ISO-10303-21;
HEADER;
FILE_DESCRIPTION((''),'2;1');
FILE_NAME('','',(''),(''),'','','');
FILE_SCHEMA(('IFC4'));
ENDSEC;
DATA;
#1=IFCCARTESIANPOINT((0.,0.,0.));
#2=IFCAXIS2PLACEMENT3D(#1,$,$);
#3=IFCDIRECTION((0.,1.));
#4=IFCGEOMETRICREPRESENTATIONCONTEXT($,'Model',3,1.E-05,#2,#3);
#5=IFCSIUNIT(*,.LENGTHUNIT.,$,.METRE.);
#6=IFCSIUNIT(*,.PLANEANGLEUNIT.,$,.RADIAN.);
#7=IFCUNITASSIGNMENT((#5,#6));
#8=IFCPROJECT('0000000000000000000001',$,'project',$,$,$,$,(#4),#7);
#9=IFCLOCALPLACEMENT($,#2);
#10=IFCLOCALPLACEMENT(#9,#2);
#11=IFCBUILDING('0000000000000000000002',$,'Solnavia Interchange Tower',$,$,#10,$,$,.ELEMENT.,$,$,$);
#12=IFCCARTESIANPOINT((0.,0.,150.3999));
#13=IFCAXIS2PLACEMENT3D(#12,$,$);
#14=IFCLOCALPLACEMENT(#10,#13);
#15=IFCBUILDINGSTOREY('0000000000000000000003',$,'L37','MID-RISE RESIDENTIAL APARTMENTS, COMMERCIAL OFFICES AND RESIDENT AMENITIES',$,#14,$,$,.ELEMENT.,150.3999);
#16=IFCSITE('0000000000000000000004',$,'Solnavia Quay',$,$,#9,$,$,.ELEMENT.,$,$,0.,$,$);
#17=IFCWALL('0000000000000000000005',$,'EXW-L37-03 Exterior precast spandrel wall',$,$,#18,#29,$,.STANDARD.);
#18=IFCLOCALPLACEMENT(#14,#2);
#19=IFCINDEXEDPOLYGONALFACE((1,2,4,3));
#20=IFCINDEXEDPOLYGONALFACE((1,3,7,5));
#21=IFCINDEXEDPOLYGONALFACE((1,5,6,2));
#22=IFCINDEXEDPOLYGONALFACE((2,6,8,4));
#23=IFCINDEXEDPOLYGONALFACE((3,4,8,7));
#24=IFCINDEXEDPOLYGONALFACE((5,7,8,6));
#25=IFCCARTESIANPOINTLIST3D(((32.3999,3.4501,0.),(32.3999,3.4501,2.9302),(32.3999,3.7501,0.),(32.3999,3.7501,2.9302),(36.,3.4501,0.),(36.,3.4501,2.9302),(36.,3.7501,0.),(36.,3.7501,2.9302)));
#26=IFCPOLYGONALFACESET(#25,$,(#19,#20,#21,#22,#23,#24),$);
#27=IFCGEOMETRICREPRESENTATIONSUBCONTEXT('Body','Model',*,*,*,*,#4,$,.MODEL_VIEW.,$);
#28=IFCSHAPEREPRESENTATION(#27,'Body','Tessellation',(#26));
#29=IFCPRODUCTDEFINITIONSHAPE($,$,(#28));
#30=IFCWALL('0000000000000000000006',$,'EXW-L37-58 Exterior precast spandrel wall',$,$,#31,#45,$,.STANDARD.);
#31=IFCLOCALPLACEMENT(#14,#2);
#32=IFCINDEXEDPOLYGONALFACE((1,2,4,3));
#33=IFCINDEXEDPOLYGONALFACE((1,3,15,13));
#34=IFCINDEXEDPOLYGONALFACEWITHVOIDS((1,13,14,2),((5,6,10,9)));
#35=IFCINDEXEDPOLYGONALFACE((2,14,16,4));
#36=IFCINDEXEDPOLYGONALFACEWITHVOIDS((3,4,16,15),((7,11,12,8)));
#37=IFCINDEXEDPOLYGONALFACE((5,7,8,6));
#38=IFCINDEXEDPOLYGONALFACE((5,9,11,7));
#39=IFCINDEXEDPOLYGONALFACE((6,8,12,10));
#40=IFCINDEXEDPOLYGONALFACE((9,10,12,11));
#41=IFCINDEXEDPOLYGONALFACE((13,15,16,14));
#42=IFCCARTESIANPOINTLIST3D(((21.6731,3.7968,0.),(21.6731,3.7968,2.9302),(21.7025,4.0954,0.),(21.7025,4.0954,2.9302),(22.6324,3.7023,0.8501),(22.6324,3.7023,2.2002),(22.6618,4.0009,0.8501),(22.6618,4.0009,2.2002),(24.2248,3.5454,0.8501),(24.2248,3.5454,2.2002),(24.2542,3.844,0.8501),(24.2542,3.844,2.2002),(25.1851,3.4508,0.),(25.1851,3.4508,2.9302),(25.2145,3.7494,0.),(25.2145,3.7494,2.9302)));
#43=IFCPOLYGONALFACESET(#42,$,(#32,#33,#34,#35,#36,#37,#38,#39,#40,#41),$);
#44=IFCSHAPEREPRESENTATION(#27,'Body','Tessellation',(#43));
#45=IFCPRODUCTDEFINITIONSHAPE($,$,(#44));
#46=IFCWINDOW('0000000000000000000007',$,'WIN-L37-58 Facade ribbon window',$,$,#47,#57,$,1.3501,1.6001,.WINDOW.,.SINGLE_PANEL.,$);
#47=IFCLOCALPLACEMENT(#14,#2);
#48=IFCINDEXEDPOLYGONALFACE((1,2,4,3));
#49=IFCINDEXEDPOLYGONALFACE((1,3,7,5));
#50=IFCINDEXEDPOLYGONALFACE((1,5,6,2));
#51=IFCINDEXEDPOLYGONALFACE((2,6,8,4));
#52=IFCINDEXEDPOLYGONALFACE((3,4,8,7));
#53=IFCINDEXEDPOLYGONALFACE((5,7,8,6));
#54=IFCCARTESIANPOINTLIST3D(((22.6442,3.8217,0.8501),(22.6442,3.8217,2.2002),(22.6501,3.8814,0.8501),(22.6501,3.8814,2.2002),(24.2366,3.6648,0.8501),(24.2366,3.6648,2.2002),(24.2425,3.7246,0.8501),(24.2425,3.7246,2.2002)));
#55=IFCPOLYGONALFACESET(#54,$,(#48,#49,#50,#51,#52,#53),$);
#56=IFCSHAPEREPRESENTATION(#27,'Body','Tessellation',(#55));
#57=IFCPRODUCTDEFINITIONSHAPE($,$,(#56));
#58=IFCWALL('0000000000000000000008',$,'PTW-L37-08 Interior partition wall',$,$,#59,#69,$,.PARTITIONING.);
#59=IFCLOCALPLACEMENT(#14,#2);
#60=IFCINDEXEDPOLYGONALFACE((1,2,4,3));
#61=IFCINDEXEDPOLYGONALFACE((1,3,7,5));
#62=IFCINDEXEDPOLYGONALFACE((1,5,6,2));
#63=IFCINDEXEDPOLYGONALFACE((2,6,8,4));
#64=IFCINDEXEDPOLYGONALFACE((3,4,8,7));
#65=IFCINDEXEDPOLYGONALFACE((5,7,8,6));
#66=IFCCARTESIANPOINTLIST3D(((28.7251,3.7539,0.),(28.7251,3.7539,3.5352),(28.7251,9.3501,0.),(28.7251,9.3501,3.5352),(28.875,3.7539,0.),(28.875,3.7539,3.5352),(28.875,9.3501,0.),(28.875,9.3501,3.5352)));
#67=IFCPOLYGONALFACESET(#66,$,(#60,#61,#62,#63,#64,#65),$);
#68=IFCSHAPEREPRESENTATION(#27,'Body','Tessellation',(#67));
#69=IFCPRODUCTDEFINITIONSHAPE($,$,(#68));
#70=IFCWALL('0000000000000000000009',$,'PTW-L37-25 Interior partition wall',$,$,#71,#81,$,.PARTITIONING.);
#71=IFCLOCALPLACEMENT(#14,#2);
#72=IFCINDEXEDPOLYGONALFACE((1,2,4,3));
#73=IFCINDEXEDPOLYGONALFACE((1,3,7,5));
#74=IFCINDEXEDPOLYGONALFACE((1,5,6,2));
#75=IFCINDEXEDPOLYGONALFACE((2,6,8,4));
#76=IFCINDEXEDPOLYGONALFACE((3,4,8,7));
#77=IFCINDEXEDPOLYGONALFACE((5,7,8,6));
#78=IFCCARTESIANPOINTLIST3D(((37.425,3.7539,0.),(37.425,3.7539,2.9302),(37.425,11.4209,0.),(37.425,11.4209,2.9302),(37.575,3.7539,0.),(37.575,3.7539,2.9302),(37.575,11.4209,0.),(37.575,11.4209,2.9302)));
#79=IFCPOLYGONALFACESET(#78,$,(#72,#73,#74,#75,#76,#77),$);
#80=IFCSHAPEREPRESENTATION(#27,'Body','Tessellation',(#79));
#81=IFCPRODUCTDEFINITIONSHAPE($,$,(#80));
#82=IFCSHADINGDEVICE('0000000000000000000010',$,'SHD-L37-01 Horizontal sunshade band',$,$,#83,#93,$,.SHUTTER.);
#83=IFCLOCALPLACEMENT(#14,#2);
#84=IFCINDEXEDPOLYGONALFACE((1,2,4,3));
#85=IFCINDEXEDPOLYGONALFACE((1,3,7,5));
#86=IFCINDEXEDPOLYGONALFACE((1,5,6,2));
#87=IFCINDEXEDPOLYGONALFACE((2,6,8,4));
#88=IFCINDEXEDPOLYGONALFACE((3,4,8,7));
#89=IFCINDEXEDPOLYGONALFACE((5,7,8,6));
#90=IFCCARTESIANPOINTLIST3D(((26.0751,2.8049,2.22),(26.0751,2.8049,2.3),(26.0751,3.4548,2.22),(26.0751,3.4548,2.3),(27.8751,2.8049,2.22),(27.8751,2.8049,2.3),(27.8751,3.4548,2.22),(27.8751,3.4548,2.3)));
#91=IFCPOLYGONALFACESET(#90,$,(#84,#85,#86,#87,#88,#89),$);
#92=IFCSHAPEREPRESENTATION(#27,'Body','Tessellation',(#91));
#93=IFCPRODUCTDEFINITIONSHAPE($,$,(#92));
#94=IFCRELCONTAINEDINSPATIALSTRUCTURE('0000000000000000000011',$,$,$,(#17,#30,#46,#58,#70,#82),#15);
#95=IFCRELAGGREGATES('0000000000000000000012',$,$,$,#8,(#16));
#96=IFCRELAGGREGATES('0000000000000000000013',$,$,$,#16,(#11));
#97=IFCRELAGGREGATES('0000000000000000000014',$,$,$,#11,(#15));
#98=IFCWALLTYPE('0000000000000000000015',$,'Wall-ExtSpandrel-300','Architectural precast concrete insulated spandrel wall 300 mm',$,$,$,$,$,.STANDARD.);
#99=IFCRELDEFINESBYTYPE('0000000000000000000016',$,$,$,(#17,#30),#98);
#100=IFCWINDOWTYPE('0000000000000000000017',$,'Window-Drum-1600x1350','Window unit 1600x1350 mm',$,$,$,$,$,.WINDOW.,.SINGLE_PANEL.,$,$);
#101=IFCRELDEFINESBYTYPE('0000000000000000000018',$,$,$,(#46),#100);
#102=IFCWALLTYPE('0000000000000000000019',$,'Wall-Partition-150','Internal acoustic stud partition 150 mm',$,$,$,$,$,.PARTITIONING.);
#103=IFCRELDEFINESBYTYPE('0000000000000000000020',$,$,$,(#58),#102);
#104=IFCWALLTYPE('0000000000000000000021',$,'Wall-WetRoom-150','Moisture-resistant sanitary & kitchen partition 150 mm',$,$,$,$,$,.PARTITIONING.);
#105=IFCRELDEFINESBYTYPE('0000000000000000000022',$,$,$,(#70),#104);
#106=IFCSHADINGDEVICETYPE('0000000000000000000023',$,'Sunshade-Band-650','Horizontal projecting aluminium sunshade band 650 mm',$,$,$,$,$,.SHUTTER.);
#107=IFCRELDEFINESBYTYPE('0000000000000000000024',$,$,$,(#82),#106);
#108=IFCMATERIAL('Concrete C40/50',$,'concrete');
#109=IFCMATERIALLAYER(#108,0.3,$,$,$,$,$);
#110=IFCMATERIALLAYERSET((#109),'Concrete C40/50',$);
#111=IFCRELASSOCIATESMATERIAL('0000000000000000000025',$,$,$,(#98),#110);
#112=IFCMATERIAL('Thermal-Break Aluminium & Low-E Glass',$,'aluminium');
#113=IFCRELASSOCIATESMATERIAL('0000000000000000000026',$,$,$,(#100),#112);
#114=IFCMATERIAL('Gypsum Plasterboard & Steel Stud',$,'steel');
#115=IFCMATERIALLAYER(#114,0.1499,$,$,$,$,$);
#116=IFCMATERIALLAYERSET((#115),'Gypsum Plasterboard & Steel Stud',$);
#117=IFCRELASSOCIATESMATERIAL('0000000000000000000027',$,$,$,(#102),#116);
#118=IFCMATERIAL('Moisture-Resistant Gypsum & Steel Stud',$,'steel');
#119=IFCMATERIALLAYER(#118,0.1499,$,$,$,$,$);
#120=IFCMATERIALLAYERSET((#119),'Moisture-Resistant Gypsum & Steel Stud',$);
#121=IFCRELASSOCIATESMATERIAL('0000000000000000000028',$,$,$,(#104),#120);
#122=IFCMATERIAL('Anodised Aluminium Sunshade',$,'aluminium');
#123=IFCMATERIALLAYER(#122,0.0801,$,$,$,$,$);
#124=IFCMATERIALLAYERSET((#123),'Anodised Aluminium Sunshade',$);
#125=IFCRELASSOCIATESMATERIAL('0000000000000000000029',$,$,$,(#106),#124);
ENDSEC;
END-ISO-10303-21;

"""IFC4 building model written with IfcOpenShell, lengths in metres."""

from ifc_helpers import new_model, si_unit, direction, frame, frame_2d, origin, origin_2d, place, context, subcontext, project, spatial, rectangle, extrude, material, layer, layer_set, type_object, element, fill, save


model = new_model("IFC4")

# Units and contexts
model_context = context("Model", 3, precision=1e-05, world=origin(), true_north=direction((0.0, 1.0)))
body_context = subcontext(model_context, "Body", "Model", "MODEL_VIEW")
ifc_project = project(units=[si_unit("LENGTHUNIT", "METRE"), si_unit("PLANEANGLEUNIT", "RADIAN")], contexts=[model_context])

# Site, building, storey
site_placement = place(None, origin())
site = spatial("IfcSite", under=ifc_project, at=site_placement, Name="Solnavia Quay", CompositionType="ELEMENT", RefElevation=0.0)
building_placement = place(site_placement, origin())
building = spatial("IfcBuilding", under=site, at=building_placement, Name="Solnavia Interchange Tower", CompositionType="ELEMENT")
storey_placement = place(building_placement, frame((0.0, 0.0, 150.3999)))
storey = spatial("IfcBuildingStorey", under=building, at=storey_placement, Name="L37", Description="MID-RISE RESIDENTIAL APARTMENTS, COMMERCIAL OFFICES AND RESIDENT AMENITIES", CompositionType="ELEMENT", Elevation=150.3999)

# Shared definitions
ifc_material_1 = material(Name="Concrete C40/50", Category="concrete")
ifc_layer_1 = layer(ifc_material_1, 0.3)
ifc_layer_set_1 = layer_set([ifc_layer_1], Name="Concrete C40/50")
wall_type_1 = type_object("IfcWallType", Name="Wall-ExtSpandrel-300", Description="Architectural precast concrete insulated spandrel wall 300 mm", PredefinedType="STANDARD", material=ifc_layer_set_1)
ifc_material_2 = material(Name="Thermal-Break Aluminium & Low-E Glass", Category="aluminium")

# Wall
wall_1_placement = place(storey_placement, frame((36.0, 3.6001, 0.0), z_axis=(0.0, 0.0, 1.0), x_axis=(-1.0, 0.0, 0.0)))
element("IfcWall", 1, at=wall_1_placement, inside=storey, type_object=wall_type_1, Name="EXW-L37-03 Exterior precast spandrel wall", PredefinedType="STANDARD", context=body_context, shape_type="SweptSolid", body=[
    extrude(rectangle(XDim=3.6001, YDim=0.3, at=frame_2d((1.8, 0.0))), origin(), (0.0, 0.0, 1.0), 2.9302),
])

# Wall, opening, window
wall_2_placement = place(storey_placement, frame((25.2, 3.6001, 0.0), z_axis=(0.0, 0.0, 1.0), x_axis=(-0.995183, 0.098031, 0.0)))
wall_2 = element("IfcWall", 2, at=wall_2_placement, inside=storey, type_object=wall_type_1, Name="EXW-L37-58 Exterior precast spandrel wall", PredefinedType="STANDARD", context=body_context, shape_type="SweptSolid", body=[
    extrude(rectangle(XDim=3.5291, YDim=0.3, at=frame_2d((1.7646, 0.0))), origin(), (0.0, 0.0, 1.0), 2.9302),
])
opening_1_placement = place(wall_2_placement, frame((0.9651, 0.0, 0.8501)))
opening_1 = element("IfcOpeningElement", 3, at=opening_1_placement, cuts=wall_2, PredefinedType="OPENING", context=body_context, shape_type="SweptSolid", body=[
    extrude(rectangle(XDim=1.6001, YDim=1.3501, at=frame_2d((0.8, 0.675))), frame((0.0, 0.1602, 0.0), z_axis=(0.0, -1.0, 0.0), x_axis=(1.0, 0.0, 0.0)), (0.0, 0.0, 1.0), 0.3201),
])
window_type_1 = type_object("IfcWindowType", Name="Window-Drum-1600x1350", Description="Window unit 1600x1350 mm", PartitioningType="SINGLE_PANEL", PredefinedType="WINDOW", material=ifc_material_2)
window_1_placement = place(opening_1_placement, origin())
window_1 = element("IfcWindow", 4, at=window_1_placement, inside=storey, type_object=window_type_1, Name="WIN-L37-58 Facade ribbon window", OverallHeight=1.3501, OverallWidth=1.6001, PartitioningType="SINGLE_PANEL", PredefinedType="WINDOW", context=body_context, shape_type="SweptSolid", body=[
    extrude(rectangle(XDim=1.6001, YDim=1.3501, at=frame_2d((0.8, 0.675))), frame((0.0, 0.03, 0.0), z_axis=(0.0, -1.0, 0.0), x_axis=(1.0, 0.0, 0.0)), (0.0, 0.0, 1.0), 0.0601),
])
fill(opening_1, window_1)

# Walls
ifc_material_3 = material(Name="Gypsum Plasterboard & Steel Stud", Category="steel")
ifc_layer_2 = layer(ifc_material_3, 0.1499)
ifc_layer_set_2 = layer_set([ifc_layer_2], Name="Gypsum Plasterboard & Steel Stud")
wall_type_2 = type_object("IfcWallType", Name="Wall-Partition-150", Description="Internal acoustic stud partition 150 mm", PredefinedType="PARTITIONING", material=ifc_layer_set_2)
wall_3_placement = place(storey_placement, frame((28.8, 9.3501, 0.0), z_axis=(0.0, 0.0, 1.0), x_axis=(0.0, -1.0, 0.0)))
element("IfcWall", 5, at=wall_3_placement, inside=storey, type_object=wall_type_2, Name="PTW-L37-08 Interior partition wall", PredefinedType="PARTITIONING", context=body_context, shape_type="SweptSolid", body=[
    extrude(rectangle(XDim=5.5962, YDim=0.1499, at=frame_2d((2.7981, 0.0))), origin(), (0.0, 0.0, 1.0), 3.5352),
])
ifc_material_4 = material(Name="Moisture-Resistant Gypsum & Steel Stud", Category="steel")
ifc_layer_3 = layer(ifc_material_4, 0.1499)
ifc_layer_set_3 = layer_set([ifc_layer_3], Name="Moisture-Resistant Gypsum & Steel Stud")
wall_type_3 = type_object("IfcWallType", Name="Wall-WetRoom-150", Description="Moisture-resistant sanitary & kitchen partition 150 mm", PredefinedType="PARTITIONING", material=ifc_layer_set_3)
wall_4_placement = place(storey_placement, frame((37.5, 3.7539, 0.0), z_axis=(0.0, 0.0, 1.0), x_axis=(0.0, 1.0, 0.0)))
element("IfcWall", 6, at=wall_4_placement, inside=storey, type_object=wall_type_3, Name="PTW-L37-25 Interior partition wall", PredefinedType="PARTITIONING", context=body_context, shape_type="SweptSolid", body=[
    extrude(rectangle(XDim=7.667, YDim=0.1499, at=frame_2d((3.8335, 0.0))), origin(), (0.0, 0.0, 1.0), 2.9302),
])

# Shading device
ifc_material_5 = material(Name="Anodised Aluminium Sunshade", Category="aluminium")
ifc_layer_4 = layer(ifc_material_5, 0.0801)
ifc_layer_set_4 = layer_set([ifc_layer_4], Name="Anodised Aluminium Sunshade")
shading_device_type = type_object("IfcShadingDeviceType", Name="Sunshade-Band-650", Description="Horizontal projecting aluminium sunshade band 650 mm", PredefinedType="SHUTTER", material=ifc_layer_set_4)
shading_device_placement = place(storey_placement, frame((26.9751, 3.1299, 2.22), z_axis=(0.0, 0.0, 1.0), x_axis=(-1.0, 0.0, 0.0)))
element("IfcShadingDevice", 7, at=shading_device_placement, inside=storey, type_object=shading_device_type, Name="SHD-L37-01 Horizontal sunshade band", PredefinedType="SHUTTER", context=body_context, shape_type="SweptSolid", body=[
    extrude(rectangle(XDim=1.8, YDim=0.6499, at=origin_2d()), origin(), (0.0, 0.0, 1.0), 0.0801),
])

save(model, "model.ifc")
